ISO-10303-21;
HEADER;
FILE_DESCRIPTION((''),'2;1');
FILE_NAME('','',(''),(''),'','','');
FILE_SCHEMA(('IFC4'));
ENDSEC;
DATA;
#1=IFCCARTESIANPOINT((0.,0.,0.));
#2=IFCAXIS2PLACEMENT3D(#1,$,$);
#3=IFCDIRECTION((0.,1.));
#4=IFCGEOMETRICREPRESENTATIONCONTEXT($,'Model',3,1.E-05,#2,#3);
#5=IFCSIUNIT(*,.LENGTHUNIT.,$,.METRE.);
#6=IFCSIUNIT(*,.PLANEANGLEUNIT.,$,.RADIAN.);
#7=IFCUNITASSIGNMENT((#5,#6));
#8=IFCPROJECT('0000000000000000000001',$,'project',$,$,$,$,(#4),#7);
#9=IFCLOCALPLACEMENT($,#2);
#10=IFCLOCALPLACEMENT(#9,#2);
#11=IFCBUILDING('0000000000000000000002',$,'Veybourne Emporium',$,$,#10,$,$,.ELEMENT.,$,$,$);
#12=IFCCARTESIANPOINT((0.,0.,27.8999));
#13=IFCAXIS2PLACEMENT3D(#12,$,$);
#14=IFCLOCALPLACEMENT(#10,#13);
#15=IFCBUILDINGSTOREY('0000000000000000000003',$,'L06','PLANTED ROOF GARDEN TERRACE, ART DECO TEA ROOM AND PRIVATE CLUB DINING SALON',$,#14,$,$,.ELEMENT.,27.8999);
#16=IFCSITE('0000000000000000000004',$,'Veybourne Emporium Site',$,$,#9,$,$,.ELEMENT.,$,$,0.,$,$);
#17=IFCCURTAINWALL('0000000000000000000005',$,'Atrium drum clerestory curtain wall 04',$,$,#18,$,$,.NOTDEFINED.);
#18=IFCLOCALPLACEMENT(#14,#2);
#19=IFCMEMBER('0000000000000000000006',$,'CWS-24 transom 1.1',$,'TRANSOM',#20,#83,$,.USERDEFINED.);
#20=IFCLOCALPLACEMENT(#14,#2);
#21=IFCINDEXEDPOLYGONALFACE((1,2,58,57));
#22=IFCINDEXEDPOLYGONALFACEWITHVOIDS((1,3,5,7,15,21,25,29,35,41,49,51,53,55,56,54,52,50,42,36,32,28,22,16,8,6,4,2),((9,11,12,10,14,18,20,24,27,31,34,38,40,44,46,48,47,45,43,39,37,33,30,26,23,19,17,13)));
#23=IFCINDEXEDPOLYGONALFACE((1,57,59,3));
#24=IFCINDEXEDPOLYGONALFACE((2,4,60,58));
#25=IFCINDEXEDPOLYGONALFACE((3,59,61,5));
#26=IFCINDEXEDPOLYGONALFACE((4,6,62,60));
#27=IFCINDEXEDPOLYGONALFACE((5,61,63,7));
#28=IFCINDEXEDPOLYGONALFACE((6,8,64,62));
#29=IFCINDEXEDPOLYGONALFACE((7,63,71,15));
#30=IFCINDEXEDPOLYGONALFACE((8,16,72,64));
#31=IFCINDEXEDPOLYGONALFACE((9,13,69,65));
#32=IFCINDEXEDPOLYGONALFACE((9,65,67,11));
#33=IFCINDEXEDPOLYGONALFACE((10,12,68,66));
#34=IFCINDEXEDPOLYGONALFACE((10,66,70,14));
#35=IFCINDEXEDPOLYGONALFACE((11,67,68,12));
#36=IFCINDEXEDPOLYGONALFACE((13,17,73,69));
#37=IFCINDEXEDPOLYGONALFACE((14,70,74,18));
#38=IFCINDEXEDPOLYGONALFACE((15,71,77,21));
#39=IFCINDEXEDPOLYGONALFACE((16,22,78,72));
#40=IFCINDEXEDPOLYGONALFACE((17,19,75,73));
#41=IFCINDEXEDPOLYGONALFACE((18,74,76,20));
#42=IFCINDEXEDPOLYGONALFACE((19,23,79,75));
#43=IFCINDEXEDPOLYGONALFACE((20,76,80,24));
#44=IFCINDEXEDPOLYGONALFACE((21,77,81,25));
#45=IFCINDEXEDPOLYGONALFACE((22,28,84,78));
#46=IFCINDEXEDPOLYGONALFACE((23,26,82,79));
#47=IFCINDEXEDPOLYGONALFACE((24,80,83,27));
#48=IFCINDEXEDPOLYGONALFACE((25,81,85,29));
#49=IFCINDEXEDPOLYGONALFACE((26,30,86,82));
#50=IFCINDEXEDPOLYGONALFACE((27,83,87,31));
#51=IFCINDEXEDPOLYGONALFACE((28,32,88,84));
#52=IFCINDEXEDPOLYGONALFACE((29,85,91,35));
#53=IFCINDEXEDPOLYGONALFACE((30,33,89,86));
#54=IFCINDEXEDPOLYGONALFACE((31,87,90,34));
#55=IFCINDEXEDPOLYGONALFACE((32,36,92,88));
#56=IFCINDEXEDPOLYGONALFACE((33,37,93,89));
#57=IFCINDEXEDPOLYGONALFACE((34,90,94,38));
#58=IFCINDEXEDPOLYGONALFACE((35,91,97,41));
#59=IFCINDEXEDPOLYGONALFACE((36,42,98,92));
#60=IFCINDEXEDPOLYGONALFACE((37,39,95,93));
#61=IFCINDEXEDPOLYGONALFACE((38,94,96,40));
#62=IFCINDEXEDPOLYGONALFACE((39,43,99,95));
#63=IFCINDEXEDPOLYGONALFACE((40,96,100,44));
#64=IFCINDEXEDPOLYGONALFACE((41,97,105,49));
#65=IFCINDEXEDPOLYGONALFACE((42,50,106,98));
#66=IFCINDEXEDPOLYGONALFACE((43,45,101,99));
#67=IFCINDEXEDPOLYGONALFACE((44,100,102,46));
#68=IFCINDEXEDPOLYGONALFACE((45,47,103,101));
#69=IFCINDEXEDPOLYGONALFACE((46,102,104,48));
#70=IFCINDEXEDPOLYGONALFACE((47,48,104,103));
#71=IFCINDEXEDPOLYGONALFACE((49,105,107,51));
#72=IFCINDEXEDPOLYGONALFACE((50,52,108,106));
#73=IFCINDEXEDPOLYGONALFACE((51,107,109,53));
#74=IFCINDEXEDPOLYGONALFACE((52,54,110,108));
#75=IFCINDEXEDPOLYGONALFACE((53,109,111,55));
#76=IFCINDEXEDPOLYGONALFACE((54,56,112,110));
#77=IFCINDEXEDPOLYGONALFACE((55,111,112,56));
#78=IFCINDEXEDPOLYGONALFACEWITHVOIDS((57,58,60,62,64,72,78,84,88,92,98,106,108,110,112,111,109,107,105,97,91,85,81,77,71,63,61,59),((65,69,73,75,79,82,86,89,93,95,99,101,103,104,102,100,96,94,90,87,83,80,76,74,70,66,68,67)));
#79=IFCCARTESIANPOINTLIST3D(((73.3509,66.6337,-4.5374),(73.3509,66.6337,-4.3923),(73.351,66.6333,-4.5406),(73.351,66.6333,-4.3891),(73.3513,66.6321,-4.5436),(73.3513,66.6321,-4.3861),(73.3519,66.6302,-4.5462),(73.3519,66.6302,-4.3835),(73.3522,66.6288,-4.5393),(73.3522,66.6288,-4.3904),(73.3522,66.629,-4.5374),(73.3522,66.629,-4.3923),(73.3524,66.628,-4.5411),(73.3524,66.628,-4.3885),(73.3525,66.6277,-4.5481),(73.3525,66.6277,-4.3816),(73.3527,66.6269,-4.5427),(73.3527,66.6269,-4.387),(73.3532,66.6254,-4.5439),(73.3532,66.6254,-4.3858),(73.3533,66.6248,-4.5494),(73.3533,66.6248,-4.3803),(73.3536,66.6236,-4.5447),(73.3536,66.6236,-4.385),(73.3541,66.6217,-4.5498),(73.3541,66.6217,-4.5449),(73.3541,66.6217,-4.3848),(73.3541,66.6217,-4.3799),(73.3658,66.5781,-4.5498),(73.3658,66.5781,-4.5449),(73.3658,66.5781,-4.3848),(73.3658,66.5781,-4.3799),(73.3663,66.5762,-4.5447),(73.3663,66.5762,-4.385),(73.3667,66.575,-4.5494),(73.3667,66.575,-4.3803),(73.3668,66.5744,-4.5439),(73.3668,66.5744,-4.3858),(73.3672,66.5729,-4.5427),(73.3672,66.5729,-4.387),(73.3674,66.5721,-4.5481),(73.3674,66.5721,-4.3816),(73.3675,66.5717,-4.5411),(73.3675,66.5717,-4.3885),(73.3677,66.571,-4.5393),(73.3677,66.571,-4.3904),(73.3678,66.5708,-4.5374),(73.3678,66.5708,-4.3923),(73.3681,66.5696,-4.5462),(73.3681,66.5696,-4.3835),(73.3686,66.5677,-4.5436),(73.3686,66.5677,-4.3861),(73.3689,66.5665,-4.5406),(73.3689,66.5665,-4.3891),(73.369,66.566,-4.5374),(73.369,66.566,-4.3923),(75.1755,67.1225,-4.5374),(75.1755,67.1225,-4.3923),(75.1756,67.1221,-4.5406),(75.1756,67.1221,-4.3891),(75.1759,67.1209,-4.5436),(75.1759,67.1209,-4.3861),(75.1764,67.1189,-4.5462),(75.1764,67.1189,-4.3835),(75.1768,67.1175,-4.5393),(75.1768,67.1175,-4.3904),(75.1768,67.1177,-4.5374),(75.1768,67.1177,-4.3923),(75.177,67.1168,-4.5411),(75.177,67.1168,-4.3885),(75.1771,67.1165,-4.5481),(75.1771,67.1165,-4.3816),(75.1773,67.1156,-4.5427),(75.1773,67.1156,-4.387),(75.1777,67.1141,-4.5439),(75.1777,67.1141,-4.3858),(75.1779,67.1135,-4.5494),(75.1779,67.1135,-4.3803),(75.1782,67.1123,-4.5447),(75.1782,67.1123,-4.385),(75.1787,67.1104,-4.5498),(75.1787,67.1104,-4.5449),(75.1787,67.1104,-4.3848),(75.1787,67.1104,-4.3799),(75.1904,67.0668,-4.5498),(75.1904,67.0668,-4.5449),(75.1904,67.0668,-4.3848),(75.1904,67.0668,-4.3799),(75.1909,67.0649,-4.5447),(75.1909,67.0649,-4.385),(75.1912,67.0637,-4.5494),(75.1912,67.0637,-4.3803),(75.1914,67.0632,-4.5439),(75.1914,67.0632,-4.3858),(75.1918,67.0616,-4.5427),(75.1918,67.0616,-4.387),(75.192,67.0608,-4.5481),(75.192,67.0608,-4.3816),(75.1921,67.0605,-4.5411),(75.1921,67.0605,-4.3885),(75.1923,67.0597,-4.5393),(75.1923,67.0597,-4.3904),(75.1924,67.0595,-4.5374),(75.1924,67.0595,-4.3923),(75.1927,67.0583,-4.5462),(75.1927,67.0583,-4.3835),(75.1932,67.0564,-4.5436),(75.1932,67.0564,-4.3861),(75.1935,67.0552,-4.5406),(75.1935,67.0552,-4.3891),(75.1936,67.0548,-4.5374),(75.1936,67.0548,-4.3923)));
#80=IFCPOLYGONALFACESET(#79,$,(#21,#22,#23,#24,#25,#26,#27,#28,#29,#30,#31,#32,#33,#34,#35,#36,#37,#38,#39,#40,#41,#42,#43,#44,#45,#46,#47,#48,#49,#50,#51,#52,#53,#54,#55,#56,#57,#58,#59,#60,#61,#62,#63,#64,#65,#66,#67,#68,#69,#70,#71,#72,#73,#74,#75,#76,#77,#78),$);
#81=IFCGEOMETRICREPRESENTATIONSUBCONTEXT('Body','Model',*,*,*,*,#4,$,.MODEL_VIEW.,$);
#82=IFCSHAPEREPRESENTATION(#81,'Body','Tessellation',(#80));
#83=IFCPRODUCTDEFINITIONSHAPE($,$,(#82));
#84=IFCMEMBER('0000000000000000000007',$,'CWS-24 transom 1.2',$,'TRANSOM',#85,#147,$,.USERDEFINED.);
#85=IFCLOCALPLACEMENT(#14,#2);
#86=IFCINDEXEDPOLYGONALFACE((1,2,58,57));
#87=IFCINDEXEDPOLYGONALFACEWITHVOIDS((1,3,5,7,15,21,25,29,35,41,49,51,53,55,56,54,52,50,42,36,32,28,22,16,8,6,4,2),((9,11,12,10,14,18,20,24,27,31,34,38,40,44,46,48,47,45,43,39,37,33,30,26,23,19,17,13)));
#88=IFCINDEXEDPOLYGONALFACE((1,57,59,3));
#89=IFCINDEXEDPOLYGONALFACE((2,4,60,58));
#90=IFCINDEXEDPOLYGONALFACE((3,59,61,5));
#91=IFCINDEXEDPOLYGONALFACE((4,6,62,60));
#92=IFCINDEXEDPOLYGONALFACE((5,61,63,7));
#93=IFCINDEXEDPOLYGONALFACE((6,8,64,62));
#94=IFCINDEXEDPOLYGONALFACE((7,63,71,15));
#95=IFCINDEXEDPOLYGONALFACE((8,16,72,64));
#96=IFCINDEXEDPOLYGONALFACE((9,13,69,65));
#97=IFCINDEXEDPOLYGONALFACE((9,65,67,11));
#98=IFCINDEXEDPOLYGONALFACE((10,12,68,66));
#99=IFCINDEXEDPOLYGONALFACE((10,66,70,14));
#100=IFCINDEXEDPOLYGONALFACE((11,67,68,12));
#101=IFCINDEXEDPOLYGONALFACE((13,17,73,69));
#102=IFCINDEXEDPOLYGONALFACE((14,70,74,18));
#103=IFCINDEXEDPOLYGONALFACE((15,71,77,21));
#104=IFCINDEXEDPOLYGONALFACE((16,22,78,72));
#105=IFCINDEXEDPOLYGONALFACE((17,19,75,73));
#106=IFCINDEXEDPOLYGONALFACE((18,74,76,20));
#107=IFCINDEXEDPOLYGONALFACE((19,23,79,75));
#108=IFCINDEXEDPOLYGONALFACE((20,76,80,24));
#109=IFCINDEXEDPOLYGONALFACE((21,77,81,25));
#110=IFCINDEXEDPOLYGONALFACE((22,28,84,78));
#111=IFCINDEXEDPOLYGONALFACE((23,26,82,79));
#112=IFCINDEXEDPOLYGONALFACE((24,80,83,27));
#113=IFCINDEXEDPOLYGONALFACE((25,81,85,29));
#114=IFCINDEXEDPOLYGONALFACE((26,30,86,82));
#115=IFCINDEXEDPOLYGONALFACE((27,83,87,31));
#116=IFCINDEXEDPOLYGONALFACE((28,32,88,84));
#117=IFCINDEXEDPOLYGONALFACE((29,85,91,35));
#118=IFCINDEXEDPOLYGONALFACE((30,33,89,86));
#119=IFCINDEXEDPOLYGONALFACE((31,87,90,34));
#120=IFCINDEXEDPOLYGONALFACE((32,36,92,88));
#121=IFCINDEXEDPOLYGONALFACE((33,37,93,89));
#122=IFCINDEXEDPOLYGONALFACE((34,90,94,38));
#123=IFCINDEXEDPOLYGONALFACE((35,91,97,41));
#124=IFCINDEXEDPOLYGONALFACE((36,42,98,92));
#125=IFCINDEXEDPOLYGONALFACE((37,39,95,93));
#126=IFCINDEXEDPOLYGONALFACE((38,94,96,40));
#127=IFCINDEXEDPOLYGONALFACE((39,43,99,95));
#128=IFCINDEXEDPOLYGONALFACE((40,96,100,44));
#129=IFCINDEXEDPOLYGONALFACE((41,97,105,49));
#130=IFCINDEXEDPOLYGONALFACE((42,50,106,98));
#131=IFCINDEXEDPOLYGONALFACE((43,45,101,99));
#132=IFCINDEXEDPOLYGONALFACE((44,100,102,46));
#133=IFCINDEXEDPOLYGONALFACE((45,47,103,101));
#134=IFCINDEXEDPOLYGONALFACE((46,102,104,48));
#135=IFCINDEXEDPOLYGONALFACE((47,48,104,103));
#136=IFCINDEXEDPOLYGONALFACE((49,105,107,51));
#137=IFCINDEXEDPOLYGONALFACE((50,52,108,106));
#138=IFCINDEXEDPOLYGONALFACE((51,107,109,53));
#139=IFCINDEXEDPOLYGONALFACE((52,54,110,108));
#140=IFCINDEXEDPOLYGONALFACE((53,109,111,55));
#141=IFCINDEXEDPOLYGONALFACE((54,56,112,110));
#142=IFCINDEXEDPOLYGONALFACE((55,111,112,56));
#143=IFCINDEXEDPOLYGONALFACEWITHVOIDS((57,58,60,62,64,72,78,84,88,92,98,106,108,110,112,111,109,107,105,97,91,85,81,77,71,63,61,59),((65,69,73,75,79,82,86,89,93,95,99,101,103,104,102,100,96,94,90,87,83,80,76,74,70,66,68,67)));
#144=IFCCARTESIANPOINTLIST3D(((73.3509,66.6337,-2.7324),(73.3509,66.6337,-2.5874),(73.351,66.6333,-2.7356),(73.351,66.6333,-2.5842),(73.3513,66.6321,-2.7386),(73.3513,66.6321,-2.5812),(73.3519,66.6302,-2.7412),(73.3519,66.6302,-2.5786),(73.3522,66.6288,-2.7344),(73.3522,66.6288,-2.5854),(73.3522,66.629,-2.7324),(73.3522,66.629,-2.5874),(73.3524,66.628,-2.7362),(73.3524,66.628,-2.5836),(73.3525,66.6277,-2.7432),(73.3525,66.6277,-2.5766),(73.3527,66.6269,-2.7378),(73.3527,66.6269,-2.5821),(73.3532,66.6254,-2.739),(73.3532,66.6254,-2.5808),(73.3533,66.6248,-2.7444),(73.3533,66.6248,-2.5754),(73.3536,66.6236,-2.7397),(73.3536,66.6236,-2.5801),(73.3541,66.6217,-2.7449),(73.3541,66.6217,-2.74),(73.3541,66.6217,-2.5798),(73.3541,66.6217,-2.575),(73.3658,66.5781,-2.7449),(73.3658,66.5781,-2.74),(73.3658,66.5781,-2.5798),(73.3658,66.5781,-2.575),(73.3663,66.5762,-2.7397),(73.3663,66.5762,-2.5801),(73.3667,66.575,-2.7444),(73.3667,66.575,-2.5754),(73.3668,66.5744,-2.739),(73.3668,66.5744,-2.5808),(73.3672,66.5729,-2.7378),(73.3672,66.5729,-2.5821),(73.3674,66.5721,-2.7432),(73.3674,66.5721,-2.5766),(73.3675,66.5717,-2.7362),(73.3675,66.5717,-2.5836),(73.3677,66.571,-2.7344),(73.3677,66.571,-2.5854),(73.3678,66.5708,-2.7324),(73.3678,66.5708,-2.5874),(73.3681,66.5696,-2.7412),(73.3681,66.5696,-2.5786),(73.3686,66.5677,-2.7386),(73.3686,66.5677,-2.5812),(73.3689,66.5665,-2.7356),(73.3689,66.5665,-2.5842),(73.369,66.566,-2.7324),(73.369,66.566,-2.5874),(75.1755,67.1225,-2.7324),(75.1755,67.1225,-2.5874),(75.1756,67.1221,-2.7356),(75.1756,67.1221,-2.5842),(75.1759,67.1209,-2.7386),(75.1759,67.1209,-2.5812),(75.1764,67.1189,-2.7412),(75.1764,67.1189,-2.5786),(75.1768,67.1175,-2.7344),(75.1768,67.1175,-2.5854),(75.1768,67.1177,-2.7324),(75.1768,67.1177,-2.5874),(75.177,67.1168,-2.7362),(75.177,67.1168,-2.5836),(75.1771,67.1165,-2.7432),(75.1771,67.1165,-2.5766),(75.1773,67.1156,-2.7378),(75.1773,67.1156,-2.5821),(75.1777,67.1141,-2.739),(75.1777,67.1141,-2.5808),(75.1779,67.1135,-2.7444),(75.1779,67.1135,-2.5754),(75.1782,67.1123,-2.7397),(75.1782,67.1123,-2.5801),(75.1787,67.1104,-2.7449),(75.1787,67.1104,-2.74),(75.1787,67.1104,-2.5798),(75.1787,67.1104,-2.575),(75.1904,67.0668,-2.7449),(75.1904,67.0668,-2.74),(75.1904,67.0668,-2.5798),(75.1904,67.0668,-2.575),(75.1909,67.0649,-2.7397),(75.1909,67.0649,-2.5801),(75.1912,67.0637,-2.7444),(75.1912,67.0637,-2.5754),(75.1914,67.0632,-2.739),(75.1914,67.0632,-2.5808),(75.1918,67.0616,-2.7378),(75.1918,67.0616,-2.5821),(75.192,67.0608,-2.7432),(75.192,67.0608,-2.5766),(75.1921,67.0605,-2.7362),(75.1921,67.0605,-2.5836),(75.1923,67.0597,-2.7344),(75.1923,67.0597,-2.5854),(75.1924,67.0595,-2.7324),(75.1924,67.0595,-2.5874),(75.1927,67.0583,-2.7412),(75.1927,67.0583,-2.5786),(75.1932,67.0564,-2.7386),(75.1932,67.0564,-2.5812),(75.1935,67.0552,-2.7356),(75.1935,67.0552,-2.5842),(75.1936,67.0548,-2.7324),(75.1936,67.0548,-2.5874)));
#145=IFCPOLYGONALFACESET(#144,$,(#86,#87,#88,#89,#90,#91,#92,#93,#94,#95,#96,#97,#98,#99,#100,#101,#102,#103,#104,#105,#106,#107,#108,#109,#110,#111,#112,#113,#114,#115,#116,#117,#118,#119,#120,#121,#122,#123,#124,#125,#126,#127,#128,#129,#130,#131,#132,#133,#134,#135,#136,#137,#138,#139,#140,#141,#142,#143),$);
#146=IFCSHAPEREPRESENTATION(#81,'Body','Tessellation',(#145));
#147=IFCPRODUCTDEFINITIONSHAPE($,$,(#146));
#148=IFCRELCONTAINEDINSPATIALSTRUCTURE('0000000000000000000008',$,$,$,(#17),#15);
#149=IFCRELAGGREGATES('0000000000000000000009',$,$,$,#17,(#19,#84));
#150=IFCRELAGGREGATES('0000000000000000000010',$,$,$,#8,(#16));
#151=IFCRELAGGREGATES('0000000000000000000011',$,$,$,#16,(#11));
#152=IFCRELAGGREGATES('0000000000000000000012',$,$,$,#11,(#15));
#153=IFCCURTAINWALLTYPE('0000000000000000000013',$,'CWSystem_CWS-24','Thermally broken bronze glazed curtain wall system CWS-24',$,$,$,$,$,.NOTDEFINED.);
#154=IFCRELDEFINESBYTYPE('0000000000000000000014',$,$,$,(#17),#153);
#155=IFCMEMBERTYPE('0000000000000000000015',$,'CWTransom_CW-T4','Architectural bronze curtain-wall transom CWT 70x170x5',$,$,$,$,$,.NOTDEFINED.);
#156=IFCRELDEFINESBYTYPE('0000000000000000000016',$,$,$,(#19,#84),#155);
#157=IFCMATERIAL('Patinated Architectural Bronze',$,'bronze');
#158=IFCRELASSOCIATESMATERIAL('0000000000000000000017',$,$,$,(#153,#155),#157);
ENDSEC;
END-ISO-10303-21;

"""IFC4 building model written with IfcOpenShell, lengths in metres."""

from ifc_helpers import new_model, si_unit, direction, frame, origin, origin_2d, place, context, subcontext, project, spatial, hollow_rectangle, extrude, material, material_profile, profile_set, type_object, element, aggregate, save


model = new_model("IFC4")

# Units and contexts
model_context = context("Model", 3, precision=1e-05, world=origin(), true_north=direction((0.0, 1.0)))
body_context = subcontext(model_context, "Body", "Model", "MODEL_VIEW")
ifc_project = project(units=[si_unit("LENGTHUNIT", "METRE"), si_unit("PLANEANGLEUNIT", "RADIAN")], contexts=[model_context])

# Site, building, storey
site_placement = place(None, origin())
site = spatial("IfcSite", under=ifc_project, at=site_placement, Name="Veybourne Emporium Site", CompositionType="ELEMENT", RefElevation=0.0)
building_placement = place(site_placement, origin())
building = spatial("IfcBuilding", under=site, at=building_placement, Name="Veybourne Emporium", CompositionType="ELEMENT")
storey_placement = place(building_placement, frame((0.0, 0.0, 27.8999)))
storey = spatial("IfcBuildingStorey", under=building, at=storey_placement, Name="L06", Description="PLANTED ROOF GARDEN TERRACE, ART DECO TEA ROOM AND PRIVATE CLUB DINING SALON", CompositionType="ELEMENT", Elevation=27.8999)

# Curtain wall
ifc_material_1 = material(Name="Patinated Architectural Bronze", Category="bronze")
curtain_wall_type_1 = type_object("IfcCurtainWallType", Name="CWSystem_CWS-24", Description="Thermally broken bronze glazed curtain wall system CWS-24", PredefinedType="NOTDEFINED", material=ifc_material_1)
curtain_wall_1_placement = place(storey_placement, origin())
curtain_wall_1 = element("IfcCurtainWall", 1, at=curtain_wall_1_placement, inside=storey, type_object=curtain_wall_type_1, Name="Atrium drum clerestory curtain wall 04", PredefinedType="NOTDEFINED")

# Members
ifc_material_profile_1 = material_profile(ifc_material_1, hollow_rectangle(XDim=0.0701, YDim=0.1699, WallThickness=0.0049, InnerFilletRadius=0.0076, OuterFilletRadius=0.0125, at=origin_2d()), Name="CWT 70x170x5")
ifc_profile_set_1 = profile_set([ifc_material_profile_1], Name="Patinated Architectural Bronze")
member_type_1 = type_object("IfcMemberType", Name="CWTransom_CW-T4", Description="Architectural bronze curtain-wall transom CWT 70x170x5", PredefinedType="NOTDEFINED", material=ifc_profile_set_1)
member_1_placement = place(storey_placement, frame((75.1846, 67.0886, -4.4648), z_axis=(-0.965947, -0.25874, 0.0), x_axis=(0.25874, -0.965947, 0.0)))
member_1 = element("IfcMember", 2, at=member_1_placement, type_object=member_type_1, Name="CWS-24 transom 1.1", ObjectType="TRANSOM", PredefinedType="USERDEFINED", context=body_context, shape_type="SweptSolid", body=[
    extrude(hollow_rectangle(XDim=0.0701, YDim=0.1699, WallThickness=0.0049, InnerFilletRadius=0.0076, OuterFilletRadius=0.0125, at=origin_2d()), origin(), (0.0, 0.0, 1.0), 1.8889),
])
member_2_placement = place(storey_placement, frame((75.1846, 67.0886, -2.6599), z_axis=(-0.965947, -0.25874, 0.0), x_axis=(0.25874, -0.965947, 0.0)))
member_2 = element("IfcMember", 3, at=member_2_placement, type_object=member_type_1, Name="CWS-24 transom 1.2", ObjectType="TRANSOM", PredefinedType="USERDEFINED", context=body_context, shape_type="SweptSolid", body=[
    extrude(hollow_rectangle(XDim=0.0701, YDim=0.1699, WallThickness=0.0049, InnerFilletRadius=0.0076, OuterFilletRadius=0.0125, at=origin_2d()), origin(), (0.0, 0.0, 1.0), 1.8889),
])

aggregate(curtain_wall_1, [member_1, member_2])

save(model, "model.ifc")
